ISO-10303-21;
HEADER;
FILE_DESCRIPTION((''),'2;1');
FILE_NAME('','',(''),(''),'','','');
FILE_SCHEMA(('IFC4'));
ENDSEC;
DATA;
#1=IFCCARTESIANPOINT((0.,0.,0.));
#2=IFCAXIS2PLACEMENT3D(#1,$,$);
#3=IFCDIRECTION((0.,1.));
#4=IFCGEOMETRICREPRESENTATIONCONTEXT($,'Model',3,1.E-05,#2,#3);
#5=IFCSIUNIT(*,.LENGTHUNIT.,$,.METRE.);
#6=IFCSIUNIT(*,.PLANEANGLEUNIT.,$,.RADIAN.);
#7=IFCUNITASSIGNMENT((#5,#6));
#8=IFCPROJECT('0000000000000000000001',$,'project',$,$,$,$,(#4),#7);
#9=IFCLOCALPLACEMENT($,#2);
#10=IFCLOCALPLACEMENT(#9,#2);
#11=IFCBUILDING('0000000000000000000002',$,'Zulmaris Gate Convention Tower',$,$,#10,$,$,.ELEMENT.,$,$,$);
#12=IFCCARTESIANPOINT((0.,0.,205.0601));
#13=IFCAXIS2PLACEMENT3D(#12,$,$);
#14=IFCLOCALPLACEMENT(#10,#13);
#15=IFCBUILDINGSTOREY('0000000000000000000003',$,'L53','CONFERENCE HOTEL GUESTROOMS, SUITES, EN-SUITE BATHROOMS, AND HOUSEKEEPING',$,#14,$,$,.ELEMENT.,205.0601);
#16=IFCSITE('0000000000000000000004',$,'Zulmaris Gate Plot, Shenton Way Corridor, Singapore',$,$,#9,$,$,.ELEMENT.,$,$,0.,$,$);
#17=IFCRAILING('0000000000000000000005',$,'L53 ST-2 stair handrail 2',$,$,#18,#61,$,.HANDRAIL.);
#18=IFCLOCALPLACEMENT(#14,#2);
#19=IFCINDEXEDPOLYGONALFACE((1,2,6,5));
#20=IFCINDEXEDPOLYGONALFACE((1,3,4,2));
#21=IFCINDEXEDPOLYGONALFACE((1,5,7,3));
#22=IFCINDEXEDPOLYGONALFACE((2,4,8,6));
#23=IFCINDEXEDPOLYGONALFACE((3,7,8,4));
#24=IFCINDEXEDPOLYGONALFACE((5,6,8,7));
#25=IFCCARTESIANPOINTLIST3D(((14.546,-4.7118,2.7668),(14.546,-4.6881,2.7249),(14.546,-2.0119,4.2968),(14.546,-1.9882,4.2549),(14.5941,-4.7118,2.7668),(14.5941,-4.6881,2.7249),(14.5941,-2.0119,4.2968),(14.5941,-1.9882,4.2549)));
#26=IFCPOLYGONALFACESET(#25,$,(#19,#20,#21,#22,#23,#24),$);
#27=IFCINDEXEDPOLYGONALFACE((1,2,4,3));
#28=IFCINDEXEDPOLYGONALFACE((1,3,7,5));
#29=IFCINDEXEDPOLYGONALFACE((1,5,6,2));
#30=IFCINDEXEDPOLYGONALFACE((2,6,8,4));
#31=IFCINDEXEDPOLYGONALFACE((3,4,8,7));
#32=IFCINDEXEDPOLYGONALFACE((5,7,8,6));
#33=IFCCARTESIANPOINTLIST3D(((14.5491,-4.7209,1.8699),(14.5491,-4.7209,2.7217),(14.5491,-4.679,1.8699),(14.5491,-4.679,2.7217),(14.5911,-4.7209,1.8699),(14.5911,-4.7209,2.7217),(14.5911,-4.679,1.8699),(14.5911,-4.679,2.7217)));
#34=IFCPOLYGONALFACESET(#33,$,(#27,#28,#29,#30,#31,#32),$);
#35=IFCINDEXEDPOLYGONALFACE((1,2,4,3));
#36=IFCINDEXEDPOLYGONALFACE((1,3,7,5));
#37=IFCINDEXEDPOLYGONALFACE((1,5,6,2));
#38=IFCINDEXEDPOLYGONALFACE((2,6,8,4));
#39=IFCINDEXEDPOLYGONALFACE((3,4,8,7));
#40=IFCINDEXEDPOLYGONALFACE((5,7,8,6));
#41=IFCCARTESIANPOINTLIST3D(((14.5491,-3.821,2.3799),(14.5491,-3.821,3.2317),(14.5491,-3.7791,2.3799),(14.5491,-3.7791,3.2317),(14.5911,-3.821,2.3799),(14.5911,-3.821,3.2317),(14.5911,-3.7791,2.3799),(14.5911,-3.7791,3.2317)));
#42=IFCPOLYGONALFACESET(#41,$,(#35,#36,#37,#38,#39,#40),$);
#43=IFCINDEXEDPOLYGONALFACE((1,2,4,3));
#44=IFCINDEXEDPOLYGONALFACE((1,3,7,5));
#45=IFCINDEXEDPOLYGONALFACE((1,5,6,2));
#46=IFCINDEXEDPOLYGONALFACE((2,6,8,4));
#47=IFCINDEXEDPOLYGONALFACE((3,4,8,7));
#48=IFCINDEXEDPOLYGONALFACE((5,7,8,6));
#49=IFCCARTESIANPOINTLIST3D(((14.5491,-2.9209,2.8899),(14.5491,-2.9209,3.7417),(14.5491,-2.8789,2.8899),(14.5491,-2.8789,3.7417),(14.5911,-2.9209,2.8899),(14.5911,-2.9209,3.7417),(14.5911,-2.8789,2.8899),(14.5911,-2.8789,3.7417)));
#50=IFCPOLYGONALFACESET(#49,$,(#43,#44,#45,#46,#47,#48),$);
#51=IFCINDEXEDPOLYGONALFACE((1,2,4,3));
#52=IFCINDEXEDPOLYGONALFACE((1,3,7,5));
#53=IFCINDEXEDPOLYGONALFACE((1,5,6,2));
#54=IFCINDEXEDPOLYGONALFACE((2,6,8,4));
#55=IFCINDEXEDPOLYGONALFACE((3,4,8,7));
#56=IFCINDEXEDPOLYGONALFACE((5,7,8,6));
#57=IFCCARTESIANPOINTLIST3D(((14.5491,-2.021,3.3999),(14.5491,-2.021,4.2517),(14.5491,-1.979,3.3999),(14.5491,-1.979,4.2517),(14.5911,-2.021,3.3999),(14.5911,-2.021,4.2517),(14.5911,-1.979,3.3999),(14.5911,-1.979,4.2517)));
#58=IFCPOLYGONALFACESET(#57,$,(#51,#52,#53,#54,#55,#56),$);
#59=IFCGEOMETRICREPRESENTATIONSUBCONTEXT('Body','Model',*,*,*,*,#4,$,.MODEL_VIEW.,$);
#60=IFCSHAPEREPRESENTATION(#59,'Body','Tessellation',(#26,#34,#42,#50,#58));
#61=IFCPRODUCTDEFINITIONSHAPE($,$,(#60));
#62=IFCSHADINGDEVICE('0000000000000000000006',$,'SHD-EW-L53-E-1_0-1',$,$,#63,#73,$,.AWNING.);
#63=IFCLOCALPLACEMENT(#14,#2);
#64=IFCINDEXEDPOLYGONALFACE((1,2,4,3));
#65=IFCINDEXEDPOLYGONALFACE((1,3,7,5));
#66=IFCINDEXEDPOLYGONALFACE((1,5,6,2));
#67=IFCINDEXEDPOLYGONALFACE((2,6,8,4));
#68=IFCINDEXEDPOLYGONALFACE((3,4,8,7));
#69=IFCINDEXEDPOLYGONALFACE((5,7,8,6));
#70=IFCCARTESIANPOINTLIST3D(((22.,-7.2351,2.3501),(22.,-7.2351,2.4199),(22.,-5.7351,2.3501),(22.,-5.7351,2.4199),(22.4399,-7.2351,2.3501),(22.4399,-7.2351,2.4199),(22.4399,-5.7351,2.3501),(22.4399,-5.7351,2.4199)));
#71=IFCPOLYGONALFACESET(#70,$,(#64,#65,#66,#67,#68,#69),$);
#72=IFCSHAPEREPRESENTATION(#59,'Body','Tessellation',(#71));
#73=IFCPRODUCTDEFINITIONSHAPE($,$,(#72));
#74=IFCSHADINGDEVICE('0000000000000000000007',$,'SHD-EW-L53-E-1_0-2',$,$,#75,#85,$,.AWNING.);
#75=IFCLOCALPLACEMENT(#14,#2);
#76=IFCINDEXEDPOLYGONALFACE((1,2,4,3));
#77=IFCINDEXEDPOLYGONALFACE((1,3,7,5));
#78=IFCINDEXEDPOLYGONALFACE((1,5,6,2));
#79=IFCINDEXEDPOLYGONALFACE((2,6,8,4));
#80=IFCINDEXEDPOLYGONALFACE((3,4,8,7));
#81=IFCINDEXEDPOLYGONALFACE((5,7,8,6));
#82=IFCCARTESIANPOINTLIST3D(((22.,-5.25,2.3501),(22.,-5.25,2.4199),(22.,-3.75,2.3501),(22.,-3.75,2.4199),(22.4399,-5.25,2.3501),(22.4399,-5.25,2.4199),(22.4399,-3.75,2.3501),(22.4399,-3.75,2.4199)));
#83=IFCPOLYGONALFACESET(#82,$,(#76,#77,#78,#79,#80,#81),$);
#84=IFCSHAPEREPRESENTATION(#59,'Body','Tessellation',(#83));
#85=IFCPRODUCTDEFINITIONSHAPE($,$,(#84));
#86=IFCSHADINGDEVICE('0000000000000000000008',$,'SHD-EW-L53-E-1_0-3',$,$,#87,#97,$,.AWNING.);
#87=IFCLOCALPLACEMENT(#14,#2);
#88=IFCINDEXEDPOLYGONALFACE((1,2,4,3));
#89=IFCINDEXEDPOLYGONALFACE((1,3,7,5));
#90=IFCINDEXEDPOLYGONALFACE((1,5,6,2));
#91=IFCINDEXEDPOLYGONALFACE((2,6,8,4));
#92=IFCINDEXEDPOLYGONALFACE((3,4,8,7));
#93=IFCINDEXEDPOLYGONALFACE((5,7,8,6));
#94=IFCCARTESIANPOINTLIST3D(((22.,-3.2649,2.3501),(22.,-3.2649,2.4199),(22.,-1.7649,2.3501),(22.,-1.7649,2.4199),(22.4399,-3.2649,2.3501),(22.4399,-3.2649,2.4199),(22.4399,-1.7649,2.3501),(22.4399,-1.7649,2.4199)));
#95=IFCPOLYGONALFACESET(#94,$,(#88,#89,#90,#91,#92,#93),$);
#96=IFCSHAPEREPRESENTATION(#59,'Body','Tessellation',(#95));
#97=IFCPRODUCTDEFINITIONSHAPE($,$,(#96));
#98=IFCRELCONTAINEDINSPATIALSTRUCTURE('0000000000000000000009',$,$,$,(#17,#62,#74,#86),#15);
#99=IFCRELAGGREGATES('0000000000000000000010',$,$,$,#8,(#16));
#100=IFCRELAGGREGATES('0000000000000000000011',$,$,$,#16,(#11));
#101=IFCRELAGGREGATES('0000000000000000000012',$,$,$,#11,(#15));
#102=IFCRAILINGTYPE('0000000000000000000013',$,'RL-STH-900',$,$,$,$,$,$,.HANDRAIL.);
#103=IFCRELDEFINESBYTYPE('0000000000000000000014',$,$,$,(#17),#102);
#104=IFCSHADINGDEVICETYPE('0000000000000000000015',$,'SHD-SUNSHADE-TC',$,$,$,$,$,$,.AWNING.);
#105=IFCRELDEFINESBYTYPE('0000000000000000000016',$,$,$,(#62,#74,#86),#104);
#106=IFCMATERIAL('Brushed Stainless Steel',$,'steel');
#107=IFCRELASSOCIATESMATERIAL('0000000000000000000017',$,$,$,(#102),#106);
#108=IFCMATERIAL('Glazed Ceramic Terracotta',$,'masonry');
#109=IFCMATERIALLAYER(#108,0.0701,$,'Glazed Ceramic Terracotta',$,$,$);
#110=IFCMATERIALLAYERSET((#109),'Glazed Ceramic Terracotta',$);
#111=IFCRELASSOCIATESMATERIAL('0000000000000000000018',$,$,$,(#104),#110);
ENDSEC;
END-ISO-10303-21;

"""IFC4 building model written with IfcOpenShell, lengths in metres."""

from ifc_helpers import new_model, si_unit, direction, frame, frame_2d, origin, origin_2d, place, context, subcontext, project, spatial, rectangle, extrude, material, layer, layer_set, type_object, element, save


model = new_model("IFC4")

# Units and contexts
model_context = context("Model", 3, precision=1e-05, world=origin(), true_north=direction((0.0, 1.0)))
body_context = subcontext(model_context, "Body", "Model", "MODEL_VIEW")
ifc_project = project(units=[si_unit("LENGTHUNIT", "METRE"), si_unit("PLANEANGLEUNIT", "RADIAN")], contexts=[model_context])

# Site, building, storey
site_placement = place(None, origin())
site = spatial("IfcSite", under=ifc_project, at=site_placement, Name="Zulmaris Gate Plot, Shenton Way Corridor, Singapore", CompositionType="ELEMENT", RefElevation=0.0)
building_placement = place(site_placement, origin())
building = spatial("IfcBuilding", under=site, at=building_placement, Name="Zulmaris Gate Convention Tower", CompositionType="ELEMENT")
storey_placement = place(building_placement, frame((0.0, 0.0, 205.0601)))
storey = spatial("IfcBuildingStorey", under=building, at=storey_placement, Name="L53", Description="CONFERENCE HOTEL GUESTROOMS, SUITES, EN-SUITE BATHROOMS, AND HOUSEKEEPING", CompositionType="ELEMENT", Elevation=205.0601)

# Railing
ifc_material_1 = material(Name="Brushed Stainless Steel", Category="steel")
railing_type_1 = type_object("IfcRailingType", Name="RL-STH-900", PredefinedType="HANDRAIL", material=ifc_material_1)
railing_1_placement = place(storey_placement, frame((14.5701, -4.7, 1.8699)))
element("IfcRailing", 1, at=railing_1_placement, inside=storey, type_object=railing_type_1, Name="L53 ST-2 stair handrail 2", PredefinedType="HANDRAIL", context=body_context, shape_type="SweptSolid", body=[
    extrude(rectangle(XDim=0.0481, YDim=0.0481, at=origin_2d()), frame((0.0, 0.0, 0.876), z_axis=(0.0, 0.870014, 0.493026), x_axis=(-1.0, 0.0, 0.0)), (0.0, 0.0, 1.0), 3.1033),
    extrude(rectangle(XDim=0.042, YDim=0.042, at=origin_2d()), origin(), (0.0, 0.0, 1.0), 0.8518),
    extrude(rectangle(XDim=0.042, YDim=0.042, at=origin_2d()), frame((0.0, 0.8999, 0.51)), (0.0, 0.0, 1.0), 0.8518),
    extrude(rectangle(XDim=0.042, YDim=0.042, at=origin_2d()), frame((0.0, 1.8, 1.02)), (0.0, 0.0, 1.0), 0.8518),
    extrude(rectangle(XDim=0.042, YDim=0.042, at=origin_2d()), frame((0.0, 2.7, 1.53)), (0.0, 0.0, 1.0), 0.8518),
])

# Shading devices
ifc_material_2 = material(Name="Glazed Ceramic Terracotta", Category="masonry")
ifc_layer_1 = layer(ifc_material_2, 0.0701, Name="Glazed Ceramic Terracotta")
ifc_layer_set_1 = layer_set([ifc_layer_1], Name="Glazed Ceramic Terracotta")
shading_device_type = type_object("IfcShadingDeviceType", Name="SHD-SUNSHADE-TC", PredefinedType="AWNING", material=ifc_layer_set_1)
for number, where, z_axis, x_axis, name in (
    (2, (22.22, -7.2351, 2.3501), (0.0, 0.0, 1.0), (0.0, 1.0, 0.0), "SHD-EW-L53-E-1_0-1"),
    (3, (22.22, -5.25, 2.3501), (0.0, 0.0, 1.0), (0.0, 1.0, 0.0), "SHD-EW-L53-E-1_0-2"),
    (4, (22.22, -3.2649, 2.3501), (0.0, 0.0, 1.0), (0.0, 1.0, 0.0), "SHD-EW-L53-E-1_0-3"),
):
    element("IfcShadingDevice", number, at=place(storey_placement, frame(where, z_axis=z_axis, x_axis=x_axis)), inside=storey, type_object=shading_device_type, Name=name, PredefinedType="AWNING", context=body_context, shape_type="SweptSolid", body=[
        extrude(rectangle(XDim=1.5, YDim=0.4399, at=frame_2d((0.75, 0.0))), origin(), (0.0, 0.0, 1.0), 0.0698),
    ])

save(model, "model.ifc")
